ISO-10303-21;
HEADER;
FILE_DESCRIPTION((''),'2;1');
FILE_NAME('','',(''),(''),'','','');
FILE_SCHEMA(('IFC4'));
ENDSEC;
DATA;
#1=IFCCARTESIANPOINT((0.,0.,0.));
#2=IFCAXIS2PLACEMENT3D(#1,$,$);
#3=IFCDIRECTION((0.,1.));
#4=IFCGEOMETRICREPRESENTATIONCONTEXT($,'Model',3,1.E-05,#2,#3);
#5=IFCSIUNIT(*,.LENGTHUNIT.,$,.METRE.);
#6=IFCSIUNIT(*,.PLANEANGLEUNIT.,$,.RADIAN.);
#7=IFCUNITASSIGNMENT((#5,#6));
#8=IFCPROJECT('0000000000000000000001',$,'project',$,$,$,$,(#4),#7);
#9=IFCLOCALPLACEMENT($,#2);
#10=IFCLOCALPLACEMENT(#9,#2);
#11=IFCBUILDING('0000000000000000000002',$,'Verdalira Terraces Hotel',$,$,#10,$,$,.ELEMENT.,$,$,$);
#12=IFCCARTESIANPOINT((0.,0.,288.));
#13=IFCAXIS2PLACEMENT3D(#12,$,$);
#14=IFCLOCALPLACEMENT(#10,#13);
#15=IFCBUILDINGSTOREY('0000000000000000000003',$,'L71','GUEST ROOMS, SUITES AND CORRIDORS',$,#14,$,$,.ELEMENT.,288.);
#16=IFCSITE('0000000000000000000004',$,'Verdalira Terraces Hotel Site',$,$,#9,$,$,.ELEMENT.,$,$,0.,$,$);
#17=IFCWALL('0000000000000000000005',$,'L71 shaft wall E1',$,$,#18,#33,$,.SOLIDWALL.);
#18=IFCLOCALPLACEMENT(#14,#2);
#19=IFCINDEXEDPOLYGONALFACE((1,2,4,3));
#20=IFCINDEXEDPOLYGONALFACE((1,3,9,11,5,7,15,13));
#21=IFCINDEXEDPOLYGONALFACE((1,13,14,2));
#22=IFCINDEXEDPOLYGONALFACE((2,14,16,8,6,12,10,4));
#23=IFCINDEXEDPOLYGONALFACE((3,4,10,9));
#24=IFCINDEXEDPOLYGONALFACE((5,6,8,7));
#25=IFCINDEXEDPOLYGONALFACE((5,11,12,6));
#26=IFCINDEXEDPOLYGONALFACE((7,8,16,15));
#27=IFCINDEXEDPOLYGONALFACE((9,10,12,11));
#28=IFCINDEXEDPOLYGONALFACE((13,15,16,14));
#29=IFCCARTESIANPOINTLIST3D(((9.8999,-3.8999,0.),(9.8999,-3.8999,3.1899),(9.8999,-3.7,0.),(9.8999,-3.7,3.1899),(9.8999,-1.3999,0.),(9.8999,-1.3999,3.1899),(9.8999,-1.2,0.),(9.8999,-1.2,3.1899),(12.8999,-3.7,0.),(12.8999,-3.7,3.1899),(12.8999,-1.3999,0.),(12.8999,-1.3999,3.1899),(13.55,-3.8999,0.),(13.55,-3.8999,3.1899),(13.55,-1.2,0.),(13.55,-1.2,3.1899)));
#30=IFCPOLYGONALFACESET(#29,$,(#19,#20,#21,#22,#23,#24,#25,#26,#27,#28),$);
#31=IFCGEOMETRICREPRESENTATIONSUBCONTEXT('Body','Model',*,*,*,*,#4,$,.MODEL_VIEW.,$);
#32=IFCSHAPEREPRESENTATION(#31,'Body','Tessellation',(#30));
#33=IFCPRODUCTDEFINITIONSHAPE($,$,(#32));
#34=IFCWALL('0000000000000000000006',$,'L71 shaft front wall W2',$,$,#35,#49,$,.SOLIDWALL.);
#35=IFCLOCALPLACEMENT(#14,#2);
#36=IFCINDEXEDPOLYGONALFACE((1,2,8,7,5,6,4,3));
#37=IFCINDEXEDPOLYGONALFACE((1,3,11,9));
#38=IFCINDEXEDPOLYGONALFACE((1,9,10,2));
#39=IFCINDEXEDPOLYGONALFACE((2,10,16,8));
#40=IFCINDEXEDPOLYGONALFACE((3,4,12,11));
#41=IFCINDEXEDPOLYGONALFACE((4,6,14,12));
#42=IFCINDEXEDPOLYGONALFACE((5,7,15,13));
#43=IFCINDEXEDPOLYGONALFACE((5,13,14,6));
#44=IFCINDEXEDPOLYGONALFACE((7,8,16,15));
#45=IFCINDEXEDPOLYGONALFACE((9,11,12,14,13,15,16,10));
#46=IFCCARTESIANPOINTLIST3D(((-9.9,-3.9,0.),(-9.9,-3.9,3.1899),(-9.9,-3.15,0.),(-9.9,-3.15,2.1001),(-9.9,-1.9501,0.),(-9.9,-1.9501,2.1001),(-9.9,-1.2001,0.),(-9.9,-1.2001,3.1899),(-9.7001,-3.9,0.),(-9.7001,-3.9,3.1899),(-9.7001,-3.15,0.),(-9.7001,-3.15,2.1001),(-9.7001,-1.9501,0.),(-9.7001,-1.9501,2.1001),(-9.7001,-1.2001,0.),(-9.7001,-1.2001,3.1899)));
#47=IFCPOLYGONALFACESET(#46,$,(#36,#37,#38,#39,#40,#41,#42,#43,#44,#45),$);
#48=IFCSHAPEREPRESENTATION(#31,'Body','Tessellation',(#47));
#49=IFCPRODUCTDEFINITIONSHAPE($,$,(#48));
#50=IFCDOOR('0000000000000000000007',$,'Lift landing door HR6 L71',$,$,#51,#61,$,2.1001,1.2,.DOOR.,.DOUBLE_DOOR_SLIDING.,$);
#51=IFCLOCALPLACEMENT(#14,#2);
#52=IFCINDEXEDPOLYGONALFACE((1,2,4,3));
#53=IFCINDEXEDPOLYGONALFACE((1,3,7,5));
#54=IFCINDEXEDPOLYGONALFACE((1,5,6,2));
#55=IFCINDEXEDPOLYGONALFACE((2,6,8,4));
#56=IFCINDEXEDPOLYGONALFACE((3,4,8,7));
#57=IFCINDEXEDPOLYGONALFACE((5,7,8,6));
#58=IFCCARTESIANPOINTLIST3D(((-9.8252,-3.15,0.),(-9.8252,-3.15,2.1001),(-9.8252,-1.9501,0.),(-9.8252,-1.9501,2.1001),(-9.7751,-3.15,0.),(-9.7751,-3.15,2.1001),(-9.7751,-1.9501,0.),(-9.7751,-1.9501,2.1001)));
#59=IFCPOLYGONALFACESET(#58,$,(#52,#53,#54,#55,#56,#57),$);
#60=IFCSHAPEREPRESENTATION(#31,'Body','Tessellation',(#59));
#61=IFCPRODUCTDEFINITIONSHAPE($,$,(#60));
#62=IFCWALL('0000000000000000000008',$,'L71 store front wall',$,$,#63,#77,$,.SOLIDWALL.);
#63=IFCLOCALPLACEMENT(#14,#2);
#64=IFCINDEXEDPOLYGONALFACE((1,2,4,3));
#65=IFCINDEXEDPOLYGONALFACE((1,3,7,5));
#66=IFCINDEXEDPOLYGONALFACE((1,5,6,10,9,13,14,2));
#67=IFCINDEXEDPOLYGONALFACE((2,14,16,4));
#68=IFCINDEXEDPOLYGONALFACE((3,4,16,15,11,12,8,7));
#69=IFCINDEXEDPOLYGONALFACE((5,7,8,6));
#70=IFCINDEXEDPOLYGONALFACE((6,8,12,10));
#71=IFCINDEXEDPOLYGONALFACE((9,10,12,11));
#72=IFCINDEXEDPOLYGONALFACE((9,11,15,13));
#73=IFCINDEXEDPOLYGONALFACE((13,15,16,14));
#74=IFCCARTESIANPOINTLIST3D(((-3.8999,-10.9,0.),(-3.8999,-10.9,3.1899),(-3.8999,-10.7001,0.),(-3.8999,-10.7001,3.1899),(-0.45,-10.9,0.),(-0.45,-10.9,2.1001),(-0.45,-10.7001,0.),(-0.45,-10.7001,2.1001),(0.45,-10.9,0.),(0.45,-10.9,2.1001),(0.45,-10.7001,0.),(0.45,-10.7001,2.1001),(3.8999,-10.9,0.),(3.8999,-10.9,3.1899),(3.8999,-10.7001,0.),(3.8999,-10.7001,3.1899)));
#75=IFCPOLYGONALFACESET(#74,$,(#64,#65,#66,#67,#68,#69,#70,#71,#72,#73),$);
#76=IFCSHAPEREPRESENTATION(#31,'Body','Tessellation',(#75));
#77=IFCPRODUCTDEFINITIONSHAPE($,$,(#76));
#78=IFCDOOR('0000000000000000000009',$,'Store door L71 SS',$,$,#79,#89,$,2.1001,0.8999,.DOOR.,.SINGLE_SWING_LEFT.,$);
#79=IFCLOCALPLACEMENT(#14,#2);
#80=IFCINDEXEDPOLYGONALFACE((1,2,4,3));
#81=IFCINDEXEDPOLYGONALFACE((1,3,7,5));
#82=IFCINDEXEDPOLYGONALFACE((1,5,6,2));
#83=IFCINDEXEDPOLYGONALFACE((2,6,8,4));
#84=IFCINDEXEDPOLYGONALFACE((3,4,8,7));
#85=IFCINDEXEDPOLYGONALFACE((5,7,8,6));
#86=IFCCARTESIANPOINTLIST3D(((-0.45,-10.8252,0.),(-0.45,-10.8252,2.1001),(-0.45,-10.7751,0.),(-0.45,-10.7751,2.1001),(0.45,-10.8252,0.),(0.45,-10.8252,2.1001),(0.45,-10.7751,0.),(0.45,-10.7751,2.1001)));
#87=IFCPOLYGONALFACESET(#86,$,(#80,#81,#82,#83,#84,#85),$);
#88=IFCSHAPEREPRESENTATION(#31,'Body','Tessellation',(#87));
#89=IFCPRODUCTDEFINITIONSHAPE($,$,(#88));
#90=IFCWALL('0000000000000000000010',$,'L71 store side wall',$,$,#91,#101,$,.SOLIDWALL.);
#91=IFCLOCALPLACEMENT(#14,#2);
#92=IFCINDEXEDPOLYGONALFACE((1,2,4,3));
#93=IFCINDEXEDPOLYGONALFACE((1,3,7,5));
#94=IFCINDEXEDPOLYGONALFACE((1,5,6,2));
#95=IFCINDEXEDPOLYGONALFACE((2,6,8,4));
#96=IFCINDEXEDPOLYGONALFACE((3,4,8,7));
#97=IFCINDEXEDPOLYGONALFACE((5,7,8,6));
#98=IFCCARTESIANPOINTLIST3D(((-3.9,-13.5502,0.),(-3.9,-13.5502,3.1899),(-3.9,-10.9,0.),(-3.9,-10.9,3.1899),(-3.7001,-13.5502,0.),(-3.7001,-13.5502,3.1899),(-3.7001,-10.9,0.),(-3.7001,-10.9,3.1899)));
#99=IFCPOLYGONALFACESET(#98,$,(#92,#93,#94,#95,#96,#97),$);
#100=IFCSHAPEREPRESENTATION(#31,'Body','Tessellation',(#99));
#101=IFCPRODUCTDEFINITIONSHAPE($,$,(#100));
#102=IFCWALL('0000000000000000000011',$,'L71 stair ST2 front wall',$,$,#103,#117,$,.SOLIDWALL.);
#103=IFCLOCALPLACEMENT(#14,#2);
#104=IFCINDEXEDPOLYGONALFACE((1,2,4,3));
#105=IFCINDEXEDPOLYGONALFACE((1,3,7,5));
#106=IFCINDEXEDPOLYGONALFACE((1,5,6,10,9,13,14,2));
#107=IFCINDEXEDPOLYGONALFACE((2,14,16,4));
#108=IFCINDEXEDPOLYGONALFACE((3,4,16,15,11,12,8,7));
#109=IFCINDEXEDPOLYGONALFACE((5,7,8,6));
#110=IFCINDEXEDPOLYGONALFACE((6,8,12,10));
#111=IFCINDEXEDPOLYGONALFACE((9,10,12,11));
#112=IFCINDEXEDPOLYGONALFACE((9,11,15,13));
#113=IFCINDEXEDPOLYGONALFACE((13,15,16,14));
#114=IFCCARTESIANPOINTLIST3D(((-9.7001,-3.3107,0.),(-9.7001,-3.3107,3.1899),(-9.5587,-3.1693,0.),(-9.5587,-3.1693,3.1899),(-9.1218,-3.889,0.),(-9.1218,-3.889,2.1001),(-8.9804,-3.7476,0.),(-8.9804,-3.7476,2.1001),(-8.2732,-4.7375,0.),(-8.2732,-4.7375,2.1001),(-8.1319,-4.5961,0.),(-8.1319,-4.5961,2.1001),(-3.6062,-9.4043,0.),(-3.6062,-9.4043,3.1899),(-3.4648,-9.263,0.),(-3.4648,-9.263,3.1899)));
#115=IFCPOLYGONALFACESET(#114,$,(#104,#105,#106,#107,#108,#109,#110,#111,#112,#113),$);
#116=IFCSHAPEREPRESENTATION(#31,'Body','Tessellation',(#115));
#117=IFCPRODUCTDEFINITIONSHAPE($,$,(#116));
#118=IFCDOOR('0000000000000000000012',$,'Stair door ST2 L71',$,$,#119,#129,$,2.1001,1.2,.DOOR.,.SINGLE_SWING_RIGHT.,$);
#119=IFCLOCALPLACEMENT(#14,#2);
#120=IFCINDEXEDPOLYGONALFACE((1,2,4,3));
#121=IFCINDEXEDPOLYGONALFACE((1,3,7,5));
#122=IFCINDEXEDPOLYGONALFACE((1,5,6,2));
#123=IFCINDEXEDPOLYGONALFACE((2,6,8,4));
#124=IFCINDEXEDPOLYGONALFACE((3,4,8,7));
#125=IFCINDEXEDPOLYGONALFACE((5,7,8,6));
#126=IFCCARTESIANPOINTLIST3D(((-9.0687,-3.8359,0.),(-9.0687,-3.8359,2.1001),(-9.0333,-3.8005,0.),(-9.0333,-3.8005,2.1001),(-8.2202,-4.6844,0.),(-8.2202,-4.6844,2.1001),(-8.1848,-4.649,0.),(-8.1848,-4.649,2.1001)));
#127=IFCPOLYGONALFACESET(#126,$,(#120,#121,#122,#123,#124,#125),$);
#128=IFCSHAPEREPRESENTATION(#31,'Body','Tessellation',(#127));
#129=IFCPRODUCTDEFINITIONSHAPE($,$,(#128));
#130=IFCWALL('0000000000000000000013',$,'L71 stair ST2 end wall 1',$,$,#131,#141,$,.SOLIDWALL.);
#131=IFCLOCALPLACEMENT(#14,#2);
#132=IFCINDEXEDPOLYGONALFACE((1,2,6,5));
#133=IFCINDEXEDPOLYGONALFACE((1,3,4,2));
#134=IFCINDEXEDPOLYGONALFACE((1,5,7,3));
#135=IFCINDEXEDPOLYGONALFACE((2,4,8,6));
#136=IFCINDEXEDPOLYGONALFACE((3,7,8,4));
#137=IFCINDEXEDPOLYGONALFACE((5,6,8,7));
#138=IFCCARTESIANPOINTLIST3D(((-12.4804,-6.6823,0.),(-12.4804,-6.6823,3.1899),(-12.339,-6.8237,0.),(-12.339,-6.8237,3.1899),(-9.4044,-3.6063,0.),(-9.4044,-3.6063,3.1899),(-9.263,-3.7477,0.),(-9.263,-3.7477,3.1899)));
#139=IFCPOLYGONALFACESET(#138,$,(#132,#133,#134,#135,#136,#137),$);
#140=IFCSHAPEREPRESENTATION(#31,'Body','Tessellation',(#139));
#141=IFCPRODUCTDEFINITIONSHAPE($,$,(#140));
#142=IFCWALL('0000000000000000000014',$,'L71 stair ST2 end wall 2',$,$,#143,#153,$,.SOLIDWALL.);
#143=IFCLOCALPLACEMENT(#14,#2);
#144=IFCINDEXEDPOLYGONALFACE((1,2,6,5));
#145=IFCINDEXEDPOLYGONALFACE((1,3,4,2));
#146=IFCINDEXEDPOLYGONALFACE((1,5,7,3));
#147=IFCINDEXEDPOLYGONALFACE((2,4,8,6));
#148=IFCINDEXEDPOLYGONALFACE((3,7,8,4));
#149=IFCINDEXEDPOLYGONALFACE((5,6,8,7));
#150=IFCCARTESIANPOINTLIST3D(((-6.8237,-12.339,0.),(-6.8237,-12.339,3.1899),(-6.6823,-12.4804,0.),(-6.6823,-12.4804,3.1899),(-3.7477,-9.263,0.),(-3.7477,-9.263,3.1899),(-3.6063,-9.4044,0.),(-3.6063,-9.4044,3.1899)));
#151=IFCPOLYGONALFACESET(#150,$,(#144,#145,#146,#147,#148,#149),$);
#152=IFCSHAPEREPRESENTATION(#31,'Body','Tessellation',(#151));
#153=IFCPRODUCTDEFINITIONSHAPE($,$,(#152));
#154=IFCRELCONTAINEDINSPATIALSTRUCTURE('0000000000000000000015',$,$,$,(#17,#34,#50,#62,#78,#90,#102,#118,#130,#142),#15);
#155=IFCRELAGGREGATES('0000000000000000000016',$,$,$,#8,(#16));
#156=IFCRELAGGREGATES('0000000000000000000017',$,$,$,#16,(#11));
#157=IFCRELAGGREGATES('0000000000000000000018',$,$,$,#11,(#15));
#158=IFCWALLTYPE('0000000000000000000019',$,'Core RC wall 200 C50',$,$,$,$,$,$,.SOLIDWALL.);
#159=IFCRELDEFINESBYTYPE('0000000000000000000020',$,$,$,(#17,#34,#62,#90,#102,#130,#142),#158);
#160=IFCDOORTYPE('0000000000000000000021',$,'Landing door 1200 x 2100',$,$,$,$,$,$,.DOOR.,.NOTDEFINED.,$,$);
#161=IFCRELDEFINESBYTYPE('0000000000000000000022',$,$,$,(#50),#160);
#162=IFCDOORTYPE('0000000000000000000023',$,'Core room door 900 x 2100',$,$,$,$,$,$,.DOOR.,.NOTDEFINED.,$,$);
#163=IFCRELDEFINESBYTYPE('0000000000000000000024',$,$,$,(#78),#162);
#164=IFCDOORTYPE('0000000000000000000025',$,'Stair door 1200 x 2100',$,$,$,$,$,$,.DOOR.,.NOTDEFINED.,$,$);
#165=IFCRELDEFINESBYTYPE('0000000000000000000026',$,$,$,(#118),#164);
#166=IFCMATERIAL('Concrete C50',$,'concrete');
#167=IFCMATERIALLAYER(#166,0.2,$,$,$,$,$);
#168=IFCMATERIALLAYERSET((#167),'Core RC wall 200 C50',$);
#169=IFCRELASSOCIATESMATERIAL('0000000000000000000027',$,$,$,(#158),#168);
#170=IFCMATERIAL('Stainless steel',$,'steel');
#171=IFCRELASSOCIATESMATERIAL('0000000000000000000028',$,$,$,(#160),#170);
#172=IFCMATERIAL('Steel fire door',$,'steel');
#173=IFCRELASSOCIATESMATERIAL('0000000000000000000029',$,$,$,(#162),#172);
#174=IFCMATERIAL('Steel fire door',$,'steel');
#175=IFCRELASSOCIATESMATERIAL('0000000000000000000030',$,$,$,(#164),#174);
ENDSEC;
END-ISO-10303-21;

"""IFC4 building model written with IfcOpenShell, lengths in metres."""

from ifc_helpers import new_model, si_unit, direction, frame, frame_2d, origin, place, context, subcontext, project, spatial, polyline, rectangle, outline, extrude, material, layer, layer_set, type_object, element, fill, save


model = new_model("IFC4")

# Units and contexts
model_context = context("Model", 3, precision=1e-05, world=origin(), true_north=direction((0.0, 1.0)))
body_context = subcontext(model_context, "Body", "Model", "MODEL_VIEW")
ifc_project = project(units=[si_unit("LENGTHUNIT", "METRE"), si_unit("PLANEANGLEUNIT", "RADIAN")], contexts=[model_context])

# Site, building, storey
site_placement = place(None, origin())
site = spatial("IfcSite", under=ifc_project, at=site_placement, Name="Verdalira Terraces Hotel Site", CompositionType="ELEMENT", RefElevation=0.0)
building_placement = place(site_placement, origin())
building = spatial("IfcBuilding", under=site, at=building_placement, Name="Verdalira Terraces Hotel", CompositionType="ELEMENT")
storey_placement = place(building_placement, frame((0.0, 0.0, 288.0)))
storey = spatial("IfcBuildingStorey", under=building, at=storey_placement, Name="L71", Description="GUEST ROOMS, SUITES AND CORRIDORS", CompositionType="ELEMENT", Elevation=288.0)

# Wall
ifc_material_1 = material(Name="Concrete C50", Category="concrete")
ifc_layer_1 = layer(ifc_material_1, 0.2)
ifc_layer_set_1 = layer_set([ifc_layer_1], Name="Core RC wall 200 C50")
wall_type_1 = type_object("IfcWallType", Name="Core RC wall 200 C50", PredefinedType="SOLIDWALL", material=ifc_layer_set_1)
wall_1_placement = place(storey_placement, origin())
element("IfcWall", 1, at=wall_1_placement, inside=storey, type_object=wall_type_1, Name="L71 shaft wall E1", PredefinedType="SOLIDWALL", context=body_context, shape_type="SweptSolid", body=[
    extrude(outline(polyline([(13.55, -3.8999), (9.8999, -3.8999), (9.8999, -3.7), (12.8999, -3.7), (12.8999, -1.3999), (9.8999, -1.3999), (9.8999, -1.2), (13.55, -1.2), (13.55, -3.8999)])), origin(), (0.0, 0.0, 1.0), 3.1899),
])

# Walls, openings, doors
wall_2_placement = place(storey_placement, frame((-9.8, -1.2, 0.0), z_axis=(0.0, 0.0, 1.0), x_axis=(0.0, -1.0, 0.0)))
wall_2 = element("IfcWall", 2, at=wall_2_placement, inside=storey, type_object=wall_type_1, Name="L71 shaft front wall W2", PredefinedType="SOLIDWALL", context=body_context, shape_type="SweptSolid", body=[
    extrude(rectangle(XDim=2.7, YDim=0.2, at=frame_2d((1.3501, 0.0))), origin(), (0.0, 0.0, 1.0), 3.1899),
])
opening_1_placement = place(wall_2_placement, frame((0.75, 0.0, 0.0)))
opening_1 = element("IfcOpeningElement", 3, at=opening_1_placement, cuts=wall_2, PredefinedType="OPENING", context=body_context, shape_type="SweptSolid", body=[
    extrude(rectangle(XDim=1.2, YDim=2.1001, at=frame_2d((0.6001, 1.05))), frame((0.0, 0.1099, 0.0), z_axis=(0.0, -1.0, 0.0), x_axis=(1.0, 0.0, 0.0)), (0.0, 0.0, 1.0), 0.22),
])
ifc_material_2 = material(Name="Stainless steel", Category="steel")
door_type_1 = type_object("IfcDoorType", Name="Landing door 1200 x 2100", OperationType="NOTDEFINED", PredefinedType="DOOR", material=ifc_material_2)
door_1_placement = place(opening_1_placement, origin())
door_1 = element("IfcDoor", 4, at=door_1_placement, inside=storey, type_object=door_type_1, Name="Lift landing door HR6 L71", OperationType="DOUBLE_DOOR_SLIDING", OverallHeight=2.1001, OverallWidth=1.2, PredefinedType="DOOR", context=body_context, shape_type="SweptSolid", body=[
    extrude(rectangle(XDim=1.2, YDim=2.1001, at=frame_2d((0.6001, 1.05))), frame((0.0, 0.0249, 0.0), z_axis=(0.0, -1.0, 0.0), x_axis=(1.0, 0.0, 0.0)), (0.0, 0.0, 1.0), 0.05),
])
fill(opening_1, door_1)
wall_3_placement = place(storey_placement, frame((-3.8999, -10.8, 0.0), z_axis=(0.0, 0.0, 1.0), x_axis=(1.0, 0.0, 0.0)))
wall_3 = element("IfcWall", 5, at=wall_3_placement, inside=storey, type_object=wall_type_1, Name="L71 store front wall", PredefinedType="SOLIDWALL", context=body_context, shape_type="SweptSolid", body=[
    extrude(rectangle(XDim=7.7998, YDim=0.2, at=frame_2d((3.8999, 0.0))), origin(), (0.0, 0.0, 1.0), 3.1899),
])
opening_2_placement = place(wall_3_placement, frame((3.45, 0.0, 0.0)))
opening_2 = element("IfcOpeningElement", 6, at=opening_2_placement, cuts=wall_3, PredefinedType="OPENING", context=body_context, shape_type="SweptSolid", body=[
    extrude(rectangle(XDim=0.8999, YDim=2.1001, at=frame_2d((0.45, 1.05))), frame((0.0, 0.1099, 0.0), z_axis=(0.0, -1.0, 0.0), x_axis=(1.0, 0.0, 0.0)), (0.0, 0.0, 1.0), 0.22),
])
ifc_material_3 = material(Name="Steel fire door", Category="steel")
door_type_2 = type_object("IfcDoorType", Name="Core room door 900 x 2100", OperationType="NOTDEFINED", PredefinedType="DOOR", material=ifc_material_3)
door_2_placement = place(opening_2_placement, origin())
door_2 = element("IfcDoor", 7, at=door_2_placement, inside=storey, type_object=door_type_2, Name="Store door L71 SS", OperationType="SINGLE_SWING_LEFT", OverallHeight=2.1001, OverallWidth=0.8999, PredefinedType="DOOR", context=body_context, shape_type="SweptSolid", body=[
    extrude(rectangle(XDim=0.8999, YDim=2.1001, at=frame_2d((0.45, 1.05))), frame((0.0, 0.0249, 0.0), z_axis=(0.0, -1.0, 0.0), x_axis=(1.0, 0.0, 0.0)), (0.0, 0.0, 1.0), 0.05),
])
fill(opening_2, door_2)

# Wall
wall_4_placement = place(storey_placement, frame((-3.8, -10.8999, 0.0), z_axis=(0.0, 0.0, 1.0), x_axis=(0.0, -1.0, 0.0)))
element("IfcWall", 8, at=wall_4_placement, inside=storey, type_object=wall_type_1, Name="L71 store side wall", PredefinedType="SOLIDWALL", context=body_context, shape_type="SweptSolid", body=[
    extrude(rectangle(XDim=2.6501, YDim=0.2, at=frame_2d((1.3252, 0.0))), origin(), (0.0, 0.0, 1.0), 3.1899),
])

# Wall, opening, door
wall_5_placement = place(storey_placement, frame((-3.5354, -9.3337, 0.0), z_axis=(0.0, 0.0, 1.0), x_axis=(-0.707121, 0.707093, 0.0)))
wall_5 = element("IfcWall", 9, at=wall_5_placement, inside=storey, type_object=wall_type_1, Name="L71 stair ST2 front wall", PredefinedType="SOLIDWALL", context=body_context, shape_type="SweptSolid", body=[
    extrude(rectangle(XDim=8.6179, YDim=0.2, at=frame_2d((4.3091, 0.0))), origin(), (0.0, 0.0, 1.0), 3.1899),
])
opening_3_placement = place(wall_5_placement, frame((6.6001, 0.0, 0.0)))
opening_3 = element("IfcOpeningElement", 10, at=opening_3_placement, cuts=wall_5, PredefinedType="OPENING", context=body_context, shape_type="SweptSolid", body=[
    extrude(rectangle(XDim=1.2, YDim=2.1001, at=frame_2d((0.6001, 1.05))), frame((0.0, 0.1099, 0.0), z_axis=(0.0, -1.0, 0.0), x_axis=(1.0, 0.0, 0.0)), (0.0, 0.0, 1.0), 0.22),
])
ifc_material_4 = material(Name="Steel fire door", Category="steel")
door_type_3 = type_object("IfcDoorType", Name="Stair door 1200 x 2100", OperationType="NOTDEFINED", PredefinedType="DOOR", material=ifc_material_4)
door_3_placement = place(opening_3_placement, origin())
door_3 = element("IfcDoor", 11, at=door_3_placement, inside=storey, type_object=door_type_3, Name="Stair door ST2 L71", OperationType="SINGLE_SWING_RIGHT", OverallHeight=2.1001, OverallWidth=1.2, PredefinedType="DOOR", context=body_context, shape_type="SweptSolid", body=[
    extrude(rectangle(XDim=1.2, YDim=2.1001, at=frame_2d((0.6001, 1.05))), frame((0.0, 0.0249, 0.0), z_axis=(0.0, -1.0, 0.0), x_axis=(1.0, 0.0, 0.0)), (0.0, 0.0, 1.0), 0.05),
])
fill(opening_3, door_3)

# Walls
for number, where, z_axis, x_axis, name in (
    (12, (-9.3337, -3.677, 0.0), (0.0, 0.0, 1.0), (-0.707107, -0.707107, 0.0), "L71 stair ST2 end wall 1"),
    (13, (-3.677, -9.3337, 0.0), (0.0, 0.0, 1.0), (-0.707107, -0.707107, 0.0), "L71 stair ST2 end wall 2"),
):
    element("IfcWall", number, at=place(storey_placement, frame(where, z_axis=z_axis, x_axis=x_axis)), inside=storey, type_object=wall_type_1, Name=name, PredefinedType="SOLIDWALL", context=body_context, shape_type="SweptSolid", body=[
        extrude(rectangle(XDim=4.3501, YDim=0.2, at=frame_2d((2.175, 0.0))), origin(), (0.0, 0.0, 1.0), 3.1899),
    ])

save(model, "model.ifc")
